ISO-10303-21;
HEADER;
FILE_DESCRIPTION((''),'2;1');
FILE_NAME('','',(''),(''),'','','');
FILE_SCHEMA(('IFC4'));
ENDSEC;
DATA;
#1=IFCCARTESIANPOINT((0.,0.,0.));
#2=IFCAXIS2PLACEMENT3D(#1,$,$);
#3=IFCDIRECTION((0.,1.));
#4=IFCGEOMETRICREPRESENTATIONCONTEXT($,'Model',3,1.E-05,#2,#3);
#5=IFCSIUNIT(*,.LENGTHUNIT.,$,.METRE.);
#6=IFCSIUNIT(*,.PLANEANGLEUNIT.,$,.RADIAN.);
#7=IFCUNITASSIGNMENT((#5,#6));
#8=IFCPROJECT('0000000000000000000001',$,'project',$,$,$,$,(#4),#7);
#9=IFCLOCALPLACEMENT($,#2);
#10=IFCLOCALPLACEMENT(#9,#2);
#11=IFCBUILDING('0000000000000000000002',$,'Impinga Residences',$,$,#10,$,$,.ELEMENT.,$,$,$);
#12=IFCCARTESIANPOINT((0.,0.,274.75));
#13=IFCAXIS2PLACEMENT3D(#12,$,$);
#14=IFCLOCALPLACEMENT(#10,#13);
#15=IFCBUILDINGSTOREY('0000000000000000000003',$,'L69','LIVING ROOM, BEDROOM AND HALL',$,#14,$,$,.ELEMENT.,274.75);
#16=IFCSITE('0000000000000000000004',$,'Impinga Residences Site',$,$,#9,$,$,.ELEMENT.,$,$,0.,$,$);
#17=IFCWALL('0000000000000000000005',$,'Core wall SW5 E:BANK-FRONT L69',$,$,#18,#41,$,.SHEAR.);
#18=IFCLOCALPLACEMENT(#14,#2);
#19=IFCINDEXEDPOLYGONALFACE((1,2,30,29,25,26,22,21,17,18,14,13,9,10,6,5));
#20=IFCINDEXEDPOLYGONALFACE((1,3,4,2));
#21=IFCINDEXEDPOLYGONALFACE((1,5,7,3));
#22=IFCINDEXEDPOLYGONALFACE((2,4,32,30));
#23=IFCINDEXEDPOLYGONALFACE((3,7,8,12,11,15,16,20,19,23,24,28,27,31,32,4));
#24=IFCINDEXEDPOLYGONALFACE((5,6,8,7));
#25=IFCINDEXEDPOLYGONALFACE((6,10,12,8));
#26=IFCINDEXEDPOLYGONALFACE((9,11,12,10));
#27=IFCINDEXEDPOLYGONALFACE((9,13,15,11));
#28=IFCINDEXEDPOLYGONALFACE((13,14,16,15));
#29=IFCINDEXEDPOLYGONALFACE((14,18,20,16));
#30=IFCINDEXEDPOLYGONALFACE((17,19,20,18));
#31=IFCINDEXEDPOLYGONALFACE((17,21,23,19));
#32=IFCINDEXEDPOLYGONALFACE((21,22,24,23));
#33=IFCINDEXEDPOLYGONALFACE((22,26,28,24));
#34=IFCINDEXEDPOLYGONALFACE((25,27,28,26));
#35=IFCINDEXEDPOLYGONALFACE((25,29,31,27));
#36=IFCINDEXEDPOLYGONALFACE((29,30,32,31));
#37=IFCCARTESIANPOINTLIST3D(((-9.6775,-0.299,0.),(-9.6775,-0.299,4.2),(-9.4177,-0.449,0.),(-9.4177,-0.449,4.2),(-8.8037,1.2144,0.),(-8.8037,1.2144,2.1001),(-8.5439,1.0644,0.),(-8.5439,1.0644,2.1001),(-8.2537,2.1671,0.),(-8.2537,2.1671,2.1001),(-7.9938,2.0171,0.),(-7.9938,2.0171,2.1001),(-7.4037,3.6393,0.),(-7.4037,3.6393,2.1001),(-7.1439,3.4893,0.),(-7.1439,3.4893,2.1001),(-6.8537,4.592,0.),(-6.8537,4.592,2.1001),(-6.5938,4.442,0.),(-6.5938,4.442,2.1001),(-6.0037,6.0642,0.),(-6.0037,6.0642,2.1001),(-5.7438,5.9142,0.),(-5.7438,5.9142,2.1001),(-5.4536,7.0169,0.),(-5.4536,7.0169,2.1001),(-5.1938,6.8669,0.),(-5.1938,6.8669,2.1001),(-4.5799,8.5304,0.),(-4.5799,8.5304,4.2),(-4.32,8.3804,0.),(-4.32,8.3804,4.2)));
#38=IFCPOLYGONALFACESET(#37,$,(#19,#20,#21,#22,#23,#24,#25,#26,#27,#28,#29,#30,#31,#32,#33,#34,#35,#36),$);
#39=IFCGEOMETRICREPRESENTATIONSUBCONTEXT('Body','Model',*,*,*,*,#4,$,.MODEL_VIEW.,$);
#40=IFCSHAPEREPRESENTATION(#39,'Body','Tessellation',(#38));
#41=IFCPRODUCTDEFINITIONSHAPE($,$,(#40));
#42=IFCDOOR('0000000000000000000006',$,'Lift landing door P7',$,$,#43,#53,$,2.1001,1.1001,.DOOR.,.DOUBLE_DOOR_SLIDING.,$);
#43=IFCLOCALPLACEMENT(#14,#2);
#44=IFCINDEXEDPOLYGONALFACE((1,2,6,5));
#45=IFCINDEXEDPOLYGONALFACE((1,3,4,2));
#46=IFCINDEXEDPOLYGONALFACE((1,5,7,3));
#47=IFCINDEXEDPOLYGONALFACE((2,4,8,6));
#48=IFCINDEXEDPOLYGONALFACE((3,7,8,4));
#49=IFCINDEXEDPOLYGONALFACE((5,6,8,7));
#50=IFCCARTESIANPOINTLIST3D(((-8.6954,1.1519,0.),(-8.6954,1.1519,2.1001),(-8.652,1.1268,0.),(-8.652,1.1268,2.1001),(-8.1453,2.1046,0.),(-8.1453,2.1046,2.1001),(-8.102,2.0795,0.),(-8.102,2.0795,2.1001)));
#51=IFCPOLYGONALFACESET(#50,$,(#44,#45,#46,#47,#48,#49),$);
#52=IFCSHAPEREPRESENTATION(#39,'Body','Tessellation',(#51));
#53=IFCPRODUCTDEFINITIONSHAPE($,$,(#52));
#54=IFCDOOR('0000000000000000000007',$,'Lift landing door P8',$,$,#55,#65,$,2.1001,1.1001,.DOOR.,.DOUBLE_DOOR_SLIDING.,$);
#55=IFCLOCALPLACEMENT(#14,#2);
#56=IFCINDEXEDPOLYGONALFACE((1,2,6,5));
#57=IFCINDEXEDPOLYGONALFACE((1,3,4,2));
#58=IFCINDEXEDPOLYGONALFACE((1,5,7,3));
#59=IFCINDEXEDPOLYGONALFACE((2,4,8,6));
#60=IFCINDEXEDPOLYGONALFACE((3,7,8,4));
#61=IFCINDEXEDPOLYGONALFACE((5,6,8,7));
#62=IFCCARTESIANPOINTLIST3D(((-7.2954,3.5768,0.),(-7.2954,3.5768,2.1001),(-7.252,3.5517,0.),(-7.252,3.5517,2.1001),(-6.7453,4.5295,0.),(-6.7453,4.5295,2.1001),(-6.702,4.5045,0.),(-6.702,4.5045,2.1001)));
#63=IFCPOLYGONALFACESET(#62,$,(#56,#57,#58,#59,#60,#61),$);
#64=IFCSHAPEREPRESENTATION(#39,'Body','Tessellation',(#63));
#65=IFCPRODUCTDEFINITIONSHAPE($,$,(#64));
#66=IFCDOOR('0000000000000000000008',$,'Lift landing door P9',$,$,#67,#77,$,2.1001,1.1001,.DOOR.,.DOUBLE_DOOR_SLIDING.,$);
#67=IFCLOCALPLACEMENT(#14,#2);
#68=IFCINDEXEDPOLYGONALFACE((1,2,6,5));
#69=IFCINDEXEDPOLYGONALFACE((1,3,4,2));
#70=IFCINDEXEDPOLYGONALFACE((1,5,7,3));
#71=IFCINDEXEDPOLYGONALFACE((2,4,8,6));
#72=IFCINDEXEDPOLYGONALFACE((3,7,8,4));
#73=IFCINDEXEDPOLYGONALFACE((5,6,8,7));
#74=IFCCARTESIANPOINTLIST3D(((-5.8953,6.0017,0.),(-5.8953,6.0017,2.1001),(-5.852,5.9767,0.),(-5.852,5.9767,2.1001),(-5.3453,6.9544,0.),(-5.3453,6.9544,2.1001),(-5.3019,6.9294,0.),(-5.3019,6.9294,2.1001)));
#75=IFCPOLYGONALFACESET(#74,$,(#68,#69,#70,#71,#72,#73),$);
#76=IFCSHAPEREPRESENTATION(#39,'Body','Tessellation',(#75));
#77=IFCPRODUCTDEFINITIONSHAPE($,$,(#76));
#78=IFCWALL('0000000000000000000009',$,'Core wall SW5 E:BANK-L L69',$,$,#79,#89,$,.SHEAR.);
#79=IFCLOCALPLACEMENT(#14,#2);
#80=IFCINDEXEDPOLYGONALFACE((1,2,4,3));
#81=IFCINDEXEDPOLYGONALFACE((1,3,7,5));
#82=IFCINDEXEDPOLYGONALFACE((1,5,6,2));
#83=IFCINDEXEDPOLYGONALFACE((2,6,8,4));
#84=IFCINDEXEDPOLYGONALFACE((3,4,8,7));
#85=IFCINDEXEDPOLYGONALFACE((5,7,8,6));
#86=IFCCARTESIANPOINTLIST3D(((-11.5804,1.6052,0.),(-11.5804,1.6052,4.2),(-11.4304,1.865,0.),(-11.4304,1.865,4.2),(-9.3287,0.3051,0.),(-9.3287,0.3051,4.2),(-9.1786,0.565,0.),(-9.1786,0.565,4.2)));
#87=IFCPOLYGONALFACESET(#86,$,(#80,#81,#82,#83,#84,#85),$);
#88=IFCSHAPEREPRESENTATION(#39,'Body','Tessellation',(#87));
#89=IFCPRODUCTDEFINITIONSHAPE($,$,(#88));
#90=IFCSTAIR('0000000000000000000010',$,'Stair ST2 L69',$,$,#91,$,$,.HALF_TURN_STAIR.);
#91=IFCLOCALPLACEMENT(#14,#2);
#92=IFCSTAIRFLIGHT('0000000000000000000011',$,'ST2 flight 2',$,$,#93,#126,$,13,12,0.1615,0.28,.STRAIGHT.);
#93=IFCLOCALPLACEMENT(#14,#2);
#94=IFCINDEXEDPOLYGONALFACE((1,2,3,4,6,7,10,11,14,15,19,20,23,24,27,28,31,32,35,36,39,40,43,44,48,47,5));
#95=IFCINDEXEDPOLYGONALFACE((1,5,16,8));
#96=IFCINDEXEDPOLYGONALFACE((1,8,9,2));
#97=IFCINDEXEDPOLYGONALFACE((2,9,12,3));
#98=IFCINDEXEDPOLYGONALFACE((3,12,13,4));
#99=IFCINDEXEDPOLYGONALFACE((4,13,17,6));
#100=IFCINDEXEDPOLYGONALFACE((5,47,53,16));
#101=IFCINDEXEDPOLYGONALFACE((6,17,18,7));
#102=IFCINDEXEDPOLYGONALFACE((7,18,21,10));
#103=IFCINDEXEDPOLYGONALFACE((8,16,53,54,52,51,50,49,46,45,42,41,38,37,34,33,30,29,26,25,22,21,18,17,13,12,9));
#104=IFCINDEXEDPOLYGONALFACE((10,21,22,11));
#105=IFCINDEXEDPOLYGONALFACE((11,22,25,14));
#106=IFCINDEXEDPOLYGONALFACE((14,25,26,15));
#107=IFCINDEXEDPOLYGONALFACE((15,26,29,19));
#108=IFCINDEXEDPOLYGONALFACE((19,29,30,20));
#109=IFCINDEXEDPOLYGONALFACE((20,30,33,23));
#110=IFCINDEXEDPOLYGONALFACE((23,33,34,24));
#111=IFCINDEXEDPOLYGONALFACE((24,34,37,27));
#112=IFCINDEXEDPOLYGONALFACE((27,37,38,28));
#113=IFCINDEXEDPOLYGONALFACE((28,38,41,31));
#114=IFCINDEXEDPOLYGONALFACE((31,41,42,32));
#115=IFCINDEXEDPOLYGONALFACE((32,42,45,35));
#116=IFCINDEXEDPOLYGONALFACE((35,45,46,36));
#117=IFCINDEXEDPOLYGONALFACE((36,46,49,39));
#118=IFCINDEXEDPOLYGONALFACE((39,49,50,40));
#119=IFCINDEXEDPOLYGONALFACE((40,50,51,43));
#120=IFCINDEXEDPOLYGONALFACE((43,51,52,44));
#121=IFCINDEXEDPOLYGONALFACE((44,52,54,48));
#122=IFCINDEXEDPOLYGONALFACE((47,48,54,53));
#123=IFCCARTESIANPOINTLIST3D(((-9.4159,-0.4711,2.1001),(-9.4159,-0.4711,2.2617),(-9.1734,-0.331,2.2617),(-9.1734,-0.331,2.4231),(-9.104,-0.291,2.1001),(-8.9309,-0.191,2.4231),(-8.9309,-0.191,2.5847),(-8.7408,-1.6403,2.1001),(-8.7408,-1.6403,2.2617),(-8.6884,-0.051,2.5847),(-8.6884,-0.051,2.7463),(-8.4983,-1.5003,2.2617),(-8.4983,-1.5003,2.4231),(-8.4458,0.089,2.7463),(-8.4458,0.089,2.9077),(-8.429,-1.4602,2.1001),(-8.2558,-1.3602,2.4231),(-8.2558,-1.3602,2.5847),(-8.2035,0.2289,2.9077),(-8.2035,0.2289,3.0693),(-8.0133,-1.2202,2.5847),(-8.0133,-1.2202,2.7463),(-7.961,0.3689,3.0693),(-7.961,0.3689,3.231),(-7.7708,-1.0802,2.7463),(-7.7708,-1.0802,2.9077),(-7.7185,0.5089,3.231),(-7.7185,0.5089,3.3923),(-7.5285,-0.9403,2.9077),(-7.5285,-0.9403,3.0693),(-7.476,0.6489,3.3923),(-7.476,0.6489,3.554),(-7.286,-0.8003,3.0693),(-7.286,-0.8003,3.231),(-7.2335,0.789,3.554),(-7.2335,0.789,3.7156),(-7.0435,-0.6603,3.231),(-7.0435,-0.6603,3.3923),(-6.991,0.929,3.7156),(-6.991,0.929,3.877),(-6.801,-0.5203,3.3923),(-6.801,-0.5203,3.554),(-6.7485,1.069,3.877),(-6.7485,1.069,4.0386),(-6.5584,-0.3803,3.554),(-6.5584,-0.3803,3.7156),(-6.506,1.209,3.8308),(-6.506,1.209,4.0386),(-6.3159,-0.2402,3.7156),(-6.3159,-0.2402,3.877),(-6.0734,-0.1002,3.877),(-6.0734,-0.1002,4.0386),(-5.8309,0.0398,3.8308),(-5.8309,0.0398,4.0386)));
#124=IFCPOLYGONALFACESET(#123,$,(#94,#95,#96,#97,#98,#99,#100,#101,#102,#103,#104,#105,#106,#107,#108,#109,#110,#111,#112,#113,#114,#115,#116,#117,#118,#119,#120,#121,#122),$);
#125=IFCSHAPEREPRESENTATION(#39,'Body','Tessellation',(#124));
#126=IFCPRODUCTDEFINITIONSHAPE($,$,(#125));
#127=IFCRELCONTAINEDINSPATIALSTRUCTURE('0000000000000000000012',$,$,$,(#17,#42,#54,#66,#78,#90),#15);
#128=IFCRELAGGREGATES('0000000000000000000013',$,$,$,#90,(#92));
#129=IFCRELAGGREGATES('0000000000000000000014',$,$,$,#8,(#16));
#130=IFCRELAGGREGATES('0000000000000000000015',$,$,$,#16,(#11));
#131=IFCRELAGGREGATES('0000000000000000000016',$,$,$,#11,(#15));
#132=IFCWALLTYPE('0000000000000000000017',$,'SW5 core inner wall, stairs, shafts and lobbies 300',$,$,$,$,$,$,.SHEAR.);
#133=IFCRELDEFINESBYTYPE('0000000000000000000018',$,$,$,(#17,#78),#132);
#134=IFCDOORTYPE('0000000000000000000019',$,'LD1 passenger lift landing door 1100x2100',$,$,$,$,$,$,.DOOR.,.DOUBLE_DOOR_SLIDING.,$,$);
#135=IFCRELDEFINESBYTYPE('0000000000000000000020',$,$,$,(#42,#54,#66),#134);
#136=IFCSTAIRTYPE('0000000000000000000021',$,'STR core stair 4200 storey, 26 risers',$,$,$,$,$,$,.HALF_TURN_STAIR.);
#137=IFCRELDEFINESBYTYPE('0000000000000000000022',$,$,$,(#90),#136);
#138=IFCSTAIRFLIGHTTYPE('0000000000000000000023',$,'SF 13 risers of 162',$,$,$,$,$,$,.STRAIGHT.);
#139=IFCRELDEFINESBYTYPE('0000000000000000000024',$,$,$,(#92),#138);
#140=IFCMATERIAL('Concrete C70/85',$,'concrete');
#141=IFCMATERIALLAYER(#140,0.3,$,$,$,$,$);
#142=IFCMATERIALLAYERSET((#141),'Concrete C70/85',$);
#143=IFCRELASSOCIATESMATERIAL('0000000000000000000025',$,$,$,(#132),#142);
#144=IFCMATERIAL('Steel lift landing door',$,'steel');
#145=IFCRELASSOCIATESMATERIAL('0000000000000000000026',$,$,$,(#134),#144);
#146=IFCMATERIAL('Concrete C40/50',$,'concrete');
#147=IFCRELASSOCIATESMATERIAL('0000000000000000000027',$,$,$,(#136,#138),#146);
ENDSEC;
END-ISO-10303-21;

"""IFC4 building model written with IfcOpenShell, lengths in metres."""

from ifc_helpers import new_model, si_unit, direction, frame, frame_2d, origin, place, context, subcontext, project, spatial, polyline, rectangle, outline, extrude, material, layer, layer_set, type_object, element, fill, aggregate, save


model = new_model("IFC4")

# Units and contexts
model_context = context("Model", 3, precision=1e-05, world=origin(), true_north=direction((0.0, 1.0)))
body_context = subcontext(model_context, "Body", "Model", "MODEL_VIEW")
ifc_project = project(units=[si_unit("LENGTHUNIT", "METRE"), si_unit("PLANEANGLEUNIT", "RADIAN")], contexts=[model_context])

# Site, building, storey
site_placement = place(None, origin())
site = spatial("IfcSite", under=ifc_project, at=site_placement, Name="Impinga Residences Site", CompositionType="ELEMENT", RefElevation=0.0)
building_placement = place(site_placement, origin())
building = spatial("IfcBuilding", under=site, at=building_placement, Name="Impinga Residences", CompositionType="ELEMENT")
storey_placement = place(building_placement, frame((0.0, 0.0, 274.75)))
storey = spatial("IfcBuildingStorey", under=building, at=storey_placement, Name="L69", Description="LIVING ROOM, BEDROOM AND HALL", CompositionType="ELEMENT", Elevation=274.75)

# Wall, openings, doors
ifc_material_1 = material(Name="Concrete C70/85", Category="concrete")
ifc_layer_1 = layer(ifc_material_1, 0.3)
ifc_layer_set_1 = layer_set([ifc_layer_1], Name="Concrete C70/85")
wall_type_1 = type_object("IfcWallType", Name="SW5 core inner wall, stairs, shafts and lobbies 300", PredefinedType="SHEAR", material=ifc_layer_set_1)
wall_1_placement = place(storey_placement, frame((-9.5476, -0.374, 0.0), z_axis=(0.0, 0.0, 1.0), x_axis=(0.500002, 0.866024, 0.0)))
wall_1 = element("IfcWall", 1, at=wall_1_placement, inside=storey, type_object=wall_type_1, Name="Core wall SW5 E:BANK-FRONT L69", PredefinedType="SHEAR", context=body_context, shape_type="SweptSolid", body=[
    extrude(rectangle(XDim=10.1953, YDim=0.3, at=frame_2d((5.0977, 0.0))), origin(), (0.0, 0.0, 1.0), 4.2),
])
opening_1_placement = place(wall_1_placement, frame((1.7476, 0.0, 0.0)))
opening_1 = element("IfcOpeningElement", 2, at=opening_1_placement, cuts=wall_1, PredefinedType="OPENING", context=body_context, shape_type="SweptSolid", body=[
    extrude(rectangle(XDim=1.1001, YDim=2.1001, at=frame_2d((0.55, 1.05))), frame((0.0, 0.1599, 0.0), z_axis=(0.0, -1.0, 0.0), x_axis=(1.0, 0.0, 0.0)), (0.0, 0.0, 1.0), 0.3201),
])
opening_2_placement = place(wall_1_placement, frame((4.5476, 0.0, 0.0)))
opening_2 = element("IfcOpeningElement", 3, at=opening_2_placement, cuts=wall_1, PredefinedType="OPENING", context=body_context, shape_type="SweptSolid", body=[
    extrude(rectangle(XDim=1.1001, YDim=2.1001, at=frame_2d((0.55, 1.05))), frame((0.0, 0.1599, 0.0), z_axis=(0.0, -1.0, 0.0), x_axis=(1.0, 0.0, 0.0)), (0.0, 0.0, 1.0), 0.3201),
])
opening_3_placement = place(wall_1_placement, frame((7.3477, 0.0, 0.0)))
opening_3 = element("IfcOpeningElement", 4, at=opening_3_placement, cuts=wall_1, PredefinedType="OPENING", context=body_context, shape_type="SweptSolid", body=[
    extrude(rectangle(XDim=1.1001, YDim=2.1001, at=frame_2d((0.55, 1.05))), frame((0.0, 0.1599, 0.0), z_axis=(0.0, -1.0, 0.0), x_axis=(1.0, 0.0, 0.0)), (0.0, 0.0, 1.0), 0.3201),
])
ifc_material_2 = material(Name="Steel lift landing door", Category="steel")
door_type_1 = type_object("IfcDoorType", Name="LD1 passenger lift landing door 1100x2100", OperationType="DOUBLE_DOOR_SLIDING", PredefinedType="DOOR", material=ifc_material_2)
door_1_placement = place(opening_1_placement, origin())
door_1 = element("IfcDoor", 5, at=door_1_placement, inside=storey, type_object=door_type_1, Name="Lift landing door P7", OperationType="DOUBLE_DOOR_SLIDING", OverallHeight=2.1001, OverallWidth=1.1001, PredefinedType="DOOR", context=body_context, shape_type="SweptSolid", body=[
    extrude(rectangle(XDim=1.1001, YDim=2.1001, at=frame_2d((0.55, 1.05))), frame((0.0, 0.0249, 0.0), z_axis=(0.0, -1.0, 0.0), x_axis=(1.0, 0.0, 0.0)), (0.0, 0.0, 1.0), 0.05),
])
fill(opening_1, door_1)
door_2_placement = place(opening_2_placement, origin())
door_2 = element("IfcDoor", 6, at=door_2_placement, inside=storey, type_object=door_type_1, Name="Lift landing door P8", OperationType="DOUBLE_DOOR_SLIDING", OverallHeight=2.1001, OverallWidth=1.1001, PredefinedType="DOOR", context=body_context, shape_type="SweptSolid", body=[
    extrude(rectangle(XDim=1.1001, YDim=2.1001, at=frame_2d((0.55, 1.05))), frame((0.0, 0.0249, 0.0), z_axis=(0.0, -1.0, 0.0), x_axis=(1.0, 0.0, 0.0)), (0.0, 0.0, 1.0), 0.05),
])
fill(opening_2, door_2)
door_3_placement = place(opening_3_placement, origin())
door_3 = element("IfcDoor", 7, at=door_3_placement, inside=storey, type_object=door_type_1, Name="Lift landing door P9", OperationType="DOUBLE_DOOR_SLIDING", OverallHeight=2.1001, OverallWidth=1.1001, PredefinedType="DOOR", context=body_context, shape_type="SweptSolid", body=[
    extrude(rectangle(XDim=1.1001, YDim=2.1001, at=frame_2d((0.55, 1.05))), frame((0.0, 0.0249, 0.0), z_axis=(0.0, -1.0, 0.0), x_axis=(1.0, 0.0, 0.0)), (0.0, 0.0, 1.0), 0.05),
])
fill(opening_3, door_3)

# Wall
wall_2_placement = place(storey_placement, frame((-9.2537, 0.4351, 0.0), z_axis=(0.0, 0.0, 1.0), x_axis=(-0.866021, 0.500007, 0.0)))
element("IfcWall", 8, at=wall_2_placement, inside=storey, type_object=wall_type_1, Name="Core wall SW5 E:BANK-L L69", PredefinedType="SHEAR", context=body_context, shape_type="SweptSolid", body=[
    extrude(rectangle(XDim=2.6001, YDim=0.3, at=frame_2d((1.3, 0.0))), origin(), (0.0, 0.0, 1.0), 4.2),
])

# Stair, stair flight
ifc_material_3 = material(Name="Concrete C40/50", Category="concrete")
stair_type = type_object("IfcStairType", Name="STR core stair 4200 storey, 26 risers", PredefinedType="HALF_TURN_STAIR", material=ifc_material_3)
stair_placement = place(storey_placement, origin())
stair = element("IfcStair", 9, at=stair_placement, inside=storey, type_object=stair_type, Name="Stair ST2 L69", PredefinedType="HALF_TURN_STAIR")
stair_flight_type = type_object("IfcStairFlightType", Name="SF 13 risers of 162", PredefinedType="STRAIGHT", material=ifc_material_3)
stair_flight_placement = place(storey_placement, frame((-9.0784, -1.0557, 2.1001), z_axis=(0.0, 0.0, 1.0), x_axis=(0.866025, 0.5, 0.0)))
stair_flight = element("IfcStairFlight", 10, at=stair_flight_placement, type_object=stair_flight_type, Name="ST2 flight 2", NumberOfRisers=13, NumberOfTreads=12, PredefinedType="STRAIGHT", RiserHeight=0.1615, TreadLength=0.28, context=body_context, shape_type="SweptSolid", body=[
    extrude(outline(polyline([(0.0, 0.0), (0.0, 0.1616), (0.28, 0.1616), (0.28, 0.323), (0.5601, 0.323), (0.5601, 0.4846), (0.8401, 0.4846), (0.8401, 0.6462), (1.1201, 0.6462), (1.1201, 0.8076), (1.3999, 0.8076), (1.3999, 0.9692), (1.6799, 0.9692), (1.6799, 1.1309), (1.96, 1.1309), (1.96, 1.2922), (2.24, 1.2922), (2.24, 1.4539), (2.52, 1.4539), (2.52, 1.6155), (2.8, 1.6155), (2.8, 1.7769), (3.0801, 1.7769), (3.0801, 1.9385), (3.3601, 1.9385), (3.3601, 2.1001), (3.3601, 1.7307), (0.3601, 0.0), (0.0, 0.0)])), frame((0.0, 0.675, 0.0), z_axis=(0.0, -1.0, 0.0), x_axis=(1.0, 0.0, 0.0)), (0.0, 0.0, 1.0), 1.3501),
])
aggregate(stair, [stair_flight])

save(model, "model.ifc")
